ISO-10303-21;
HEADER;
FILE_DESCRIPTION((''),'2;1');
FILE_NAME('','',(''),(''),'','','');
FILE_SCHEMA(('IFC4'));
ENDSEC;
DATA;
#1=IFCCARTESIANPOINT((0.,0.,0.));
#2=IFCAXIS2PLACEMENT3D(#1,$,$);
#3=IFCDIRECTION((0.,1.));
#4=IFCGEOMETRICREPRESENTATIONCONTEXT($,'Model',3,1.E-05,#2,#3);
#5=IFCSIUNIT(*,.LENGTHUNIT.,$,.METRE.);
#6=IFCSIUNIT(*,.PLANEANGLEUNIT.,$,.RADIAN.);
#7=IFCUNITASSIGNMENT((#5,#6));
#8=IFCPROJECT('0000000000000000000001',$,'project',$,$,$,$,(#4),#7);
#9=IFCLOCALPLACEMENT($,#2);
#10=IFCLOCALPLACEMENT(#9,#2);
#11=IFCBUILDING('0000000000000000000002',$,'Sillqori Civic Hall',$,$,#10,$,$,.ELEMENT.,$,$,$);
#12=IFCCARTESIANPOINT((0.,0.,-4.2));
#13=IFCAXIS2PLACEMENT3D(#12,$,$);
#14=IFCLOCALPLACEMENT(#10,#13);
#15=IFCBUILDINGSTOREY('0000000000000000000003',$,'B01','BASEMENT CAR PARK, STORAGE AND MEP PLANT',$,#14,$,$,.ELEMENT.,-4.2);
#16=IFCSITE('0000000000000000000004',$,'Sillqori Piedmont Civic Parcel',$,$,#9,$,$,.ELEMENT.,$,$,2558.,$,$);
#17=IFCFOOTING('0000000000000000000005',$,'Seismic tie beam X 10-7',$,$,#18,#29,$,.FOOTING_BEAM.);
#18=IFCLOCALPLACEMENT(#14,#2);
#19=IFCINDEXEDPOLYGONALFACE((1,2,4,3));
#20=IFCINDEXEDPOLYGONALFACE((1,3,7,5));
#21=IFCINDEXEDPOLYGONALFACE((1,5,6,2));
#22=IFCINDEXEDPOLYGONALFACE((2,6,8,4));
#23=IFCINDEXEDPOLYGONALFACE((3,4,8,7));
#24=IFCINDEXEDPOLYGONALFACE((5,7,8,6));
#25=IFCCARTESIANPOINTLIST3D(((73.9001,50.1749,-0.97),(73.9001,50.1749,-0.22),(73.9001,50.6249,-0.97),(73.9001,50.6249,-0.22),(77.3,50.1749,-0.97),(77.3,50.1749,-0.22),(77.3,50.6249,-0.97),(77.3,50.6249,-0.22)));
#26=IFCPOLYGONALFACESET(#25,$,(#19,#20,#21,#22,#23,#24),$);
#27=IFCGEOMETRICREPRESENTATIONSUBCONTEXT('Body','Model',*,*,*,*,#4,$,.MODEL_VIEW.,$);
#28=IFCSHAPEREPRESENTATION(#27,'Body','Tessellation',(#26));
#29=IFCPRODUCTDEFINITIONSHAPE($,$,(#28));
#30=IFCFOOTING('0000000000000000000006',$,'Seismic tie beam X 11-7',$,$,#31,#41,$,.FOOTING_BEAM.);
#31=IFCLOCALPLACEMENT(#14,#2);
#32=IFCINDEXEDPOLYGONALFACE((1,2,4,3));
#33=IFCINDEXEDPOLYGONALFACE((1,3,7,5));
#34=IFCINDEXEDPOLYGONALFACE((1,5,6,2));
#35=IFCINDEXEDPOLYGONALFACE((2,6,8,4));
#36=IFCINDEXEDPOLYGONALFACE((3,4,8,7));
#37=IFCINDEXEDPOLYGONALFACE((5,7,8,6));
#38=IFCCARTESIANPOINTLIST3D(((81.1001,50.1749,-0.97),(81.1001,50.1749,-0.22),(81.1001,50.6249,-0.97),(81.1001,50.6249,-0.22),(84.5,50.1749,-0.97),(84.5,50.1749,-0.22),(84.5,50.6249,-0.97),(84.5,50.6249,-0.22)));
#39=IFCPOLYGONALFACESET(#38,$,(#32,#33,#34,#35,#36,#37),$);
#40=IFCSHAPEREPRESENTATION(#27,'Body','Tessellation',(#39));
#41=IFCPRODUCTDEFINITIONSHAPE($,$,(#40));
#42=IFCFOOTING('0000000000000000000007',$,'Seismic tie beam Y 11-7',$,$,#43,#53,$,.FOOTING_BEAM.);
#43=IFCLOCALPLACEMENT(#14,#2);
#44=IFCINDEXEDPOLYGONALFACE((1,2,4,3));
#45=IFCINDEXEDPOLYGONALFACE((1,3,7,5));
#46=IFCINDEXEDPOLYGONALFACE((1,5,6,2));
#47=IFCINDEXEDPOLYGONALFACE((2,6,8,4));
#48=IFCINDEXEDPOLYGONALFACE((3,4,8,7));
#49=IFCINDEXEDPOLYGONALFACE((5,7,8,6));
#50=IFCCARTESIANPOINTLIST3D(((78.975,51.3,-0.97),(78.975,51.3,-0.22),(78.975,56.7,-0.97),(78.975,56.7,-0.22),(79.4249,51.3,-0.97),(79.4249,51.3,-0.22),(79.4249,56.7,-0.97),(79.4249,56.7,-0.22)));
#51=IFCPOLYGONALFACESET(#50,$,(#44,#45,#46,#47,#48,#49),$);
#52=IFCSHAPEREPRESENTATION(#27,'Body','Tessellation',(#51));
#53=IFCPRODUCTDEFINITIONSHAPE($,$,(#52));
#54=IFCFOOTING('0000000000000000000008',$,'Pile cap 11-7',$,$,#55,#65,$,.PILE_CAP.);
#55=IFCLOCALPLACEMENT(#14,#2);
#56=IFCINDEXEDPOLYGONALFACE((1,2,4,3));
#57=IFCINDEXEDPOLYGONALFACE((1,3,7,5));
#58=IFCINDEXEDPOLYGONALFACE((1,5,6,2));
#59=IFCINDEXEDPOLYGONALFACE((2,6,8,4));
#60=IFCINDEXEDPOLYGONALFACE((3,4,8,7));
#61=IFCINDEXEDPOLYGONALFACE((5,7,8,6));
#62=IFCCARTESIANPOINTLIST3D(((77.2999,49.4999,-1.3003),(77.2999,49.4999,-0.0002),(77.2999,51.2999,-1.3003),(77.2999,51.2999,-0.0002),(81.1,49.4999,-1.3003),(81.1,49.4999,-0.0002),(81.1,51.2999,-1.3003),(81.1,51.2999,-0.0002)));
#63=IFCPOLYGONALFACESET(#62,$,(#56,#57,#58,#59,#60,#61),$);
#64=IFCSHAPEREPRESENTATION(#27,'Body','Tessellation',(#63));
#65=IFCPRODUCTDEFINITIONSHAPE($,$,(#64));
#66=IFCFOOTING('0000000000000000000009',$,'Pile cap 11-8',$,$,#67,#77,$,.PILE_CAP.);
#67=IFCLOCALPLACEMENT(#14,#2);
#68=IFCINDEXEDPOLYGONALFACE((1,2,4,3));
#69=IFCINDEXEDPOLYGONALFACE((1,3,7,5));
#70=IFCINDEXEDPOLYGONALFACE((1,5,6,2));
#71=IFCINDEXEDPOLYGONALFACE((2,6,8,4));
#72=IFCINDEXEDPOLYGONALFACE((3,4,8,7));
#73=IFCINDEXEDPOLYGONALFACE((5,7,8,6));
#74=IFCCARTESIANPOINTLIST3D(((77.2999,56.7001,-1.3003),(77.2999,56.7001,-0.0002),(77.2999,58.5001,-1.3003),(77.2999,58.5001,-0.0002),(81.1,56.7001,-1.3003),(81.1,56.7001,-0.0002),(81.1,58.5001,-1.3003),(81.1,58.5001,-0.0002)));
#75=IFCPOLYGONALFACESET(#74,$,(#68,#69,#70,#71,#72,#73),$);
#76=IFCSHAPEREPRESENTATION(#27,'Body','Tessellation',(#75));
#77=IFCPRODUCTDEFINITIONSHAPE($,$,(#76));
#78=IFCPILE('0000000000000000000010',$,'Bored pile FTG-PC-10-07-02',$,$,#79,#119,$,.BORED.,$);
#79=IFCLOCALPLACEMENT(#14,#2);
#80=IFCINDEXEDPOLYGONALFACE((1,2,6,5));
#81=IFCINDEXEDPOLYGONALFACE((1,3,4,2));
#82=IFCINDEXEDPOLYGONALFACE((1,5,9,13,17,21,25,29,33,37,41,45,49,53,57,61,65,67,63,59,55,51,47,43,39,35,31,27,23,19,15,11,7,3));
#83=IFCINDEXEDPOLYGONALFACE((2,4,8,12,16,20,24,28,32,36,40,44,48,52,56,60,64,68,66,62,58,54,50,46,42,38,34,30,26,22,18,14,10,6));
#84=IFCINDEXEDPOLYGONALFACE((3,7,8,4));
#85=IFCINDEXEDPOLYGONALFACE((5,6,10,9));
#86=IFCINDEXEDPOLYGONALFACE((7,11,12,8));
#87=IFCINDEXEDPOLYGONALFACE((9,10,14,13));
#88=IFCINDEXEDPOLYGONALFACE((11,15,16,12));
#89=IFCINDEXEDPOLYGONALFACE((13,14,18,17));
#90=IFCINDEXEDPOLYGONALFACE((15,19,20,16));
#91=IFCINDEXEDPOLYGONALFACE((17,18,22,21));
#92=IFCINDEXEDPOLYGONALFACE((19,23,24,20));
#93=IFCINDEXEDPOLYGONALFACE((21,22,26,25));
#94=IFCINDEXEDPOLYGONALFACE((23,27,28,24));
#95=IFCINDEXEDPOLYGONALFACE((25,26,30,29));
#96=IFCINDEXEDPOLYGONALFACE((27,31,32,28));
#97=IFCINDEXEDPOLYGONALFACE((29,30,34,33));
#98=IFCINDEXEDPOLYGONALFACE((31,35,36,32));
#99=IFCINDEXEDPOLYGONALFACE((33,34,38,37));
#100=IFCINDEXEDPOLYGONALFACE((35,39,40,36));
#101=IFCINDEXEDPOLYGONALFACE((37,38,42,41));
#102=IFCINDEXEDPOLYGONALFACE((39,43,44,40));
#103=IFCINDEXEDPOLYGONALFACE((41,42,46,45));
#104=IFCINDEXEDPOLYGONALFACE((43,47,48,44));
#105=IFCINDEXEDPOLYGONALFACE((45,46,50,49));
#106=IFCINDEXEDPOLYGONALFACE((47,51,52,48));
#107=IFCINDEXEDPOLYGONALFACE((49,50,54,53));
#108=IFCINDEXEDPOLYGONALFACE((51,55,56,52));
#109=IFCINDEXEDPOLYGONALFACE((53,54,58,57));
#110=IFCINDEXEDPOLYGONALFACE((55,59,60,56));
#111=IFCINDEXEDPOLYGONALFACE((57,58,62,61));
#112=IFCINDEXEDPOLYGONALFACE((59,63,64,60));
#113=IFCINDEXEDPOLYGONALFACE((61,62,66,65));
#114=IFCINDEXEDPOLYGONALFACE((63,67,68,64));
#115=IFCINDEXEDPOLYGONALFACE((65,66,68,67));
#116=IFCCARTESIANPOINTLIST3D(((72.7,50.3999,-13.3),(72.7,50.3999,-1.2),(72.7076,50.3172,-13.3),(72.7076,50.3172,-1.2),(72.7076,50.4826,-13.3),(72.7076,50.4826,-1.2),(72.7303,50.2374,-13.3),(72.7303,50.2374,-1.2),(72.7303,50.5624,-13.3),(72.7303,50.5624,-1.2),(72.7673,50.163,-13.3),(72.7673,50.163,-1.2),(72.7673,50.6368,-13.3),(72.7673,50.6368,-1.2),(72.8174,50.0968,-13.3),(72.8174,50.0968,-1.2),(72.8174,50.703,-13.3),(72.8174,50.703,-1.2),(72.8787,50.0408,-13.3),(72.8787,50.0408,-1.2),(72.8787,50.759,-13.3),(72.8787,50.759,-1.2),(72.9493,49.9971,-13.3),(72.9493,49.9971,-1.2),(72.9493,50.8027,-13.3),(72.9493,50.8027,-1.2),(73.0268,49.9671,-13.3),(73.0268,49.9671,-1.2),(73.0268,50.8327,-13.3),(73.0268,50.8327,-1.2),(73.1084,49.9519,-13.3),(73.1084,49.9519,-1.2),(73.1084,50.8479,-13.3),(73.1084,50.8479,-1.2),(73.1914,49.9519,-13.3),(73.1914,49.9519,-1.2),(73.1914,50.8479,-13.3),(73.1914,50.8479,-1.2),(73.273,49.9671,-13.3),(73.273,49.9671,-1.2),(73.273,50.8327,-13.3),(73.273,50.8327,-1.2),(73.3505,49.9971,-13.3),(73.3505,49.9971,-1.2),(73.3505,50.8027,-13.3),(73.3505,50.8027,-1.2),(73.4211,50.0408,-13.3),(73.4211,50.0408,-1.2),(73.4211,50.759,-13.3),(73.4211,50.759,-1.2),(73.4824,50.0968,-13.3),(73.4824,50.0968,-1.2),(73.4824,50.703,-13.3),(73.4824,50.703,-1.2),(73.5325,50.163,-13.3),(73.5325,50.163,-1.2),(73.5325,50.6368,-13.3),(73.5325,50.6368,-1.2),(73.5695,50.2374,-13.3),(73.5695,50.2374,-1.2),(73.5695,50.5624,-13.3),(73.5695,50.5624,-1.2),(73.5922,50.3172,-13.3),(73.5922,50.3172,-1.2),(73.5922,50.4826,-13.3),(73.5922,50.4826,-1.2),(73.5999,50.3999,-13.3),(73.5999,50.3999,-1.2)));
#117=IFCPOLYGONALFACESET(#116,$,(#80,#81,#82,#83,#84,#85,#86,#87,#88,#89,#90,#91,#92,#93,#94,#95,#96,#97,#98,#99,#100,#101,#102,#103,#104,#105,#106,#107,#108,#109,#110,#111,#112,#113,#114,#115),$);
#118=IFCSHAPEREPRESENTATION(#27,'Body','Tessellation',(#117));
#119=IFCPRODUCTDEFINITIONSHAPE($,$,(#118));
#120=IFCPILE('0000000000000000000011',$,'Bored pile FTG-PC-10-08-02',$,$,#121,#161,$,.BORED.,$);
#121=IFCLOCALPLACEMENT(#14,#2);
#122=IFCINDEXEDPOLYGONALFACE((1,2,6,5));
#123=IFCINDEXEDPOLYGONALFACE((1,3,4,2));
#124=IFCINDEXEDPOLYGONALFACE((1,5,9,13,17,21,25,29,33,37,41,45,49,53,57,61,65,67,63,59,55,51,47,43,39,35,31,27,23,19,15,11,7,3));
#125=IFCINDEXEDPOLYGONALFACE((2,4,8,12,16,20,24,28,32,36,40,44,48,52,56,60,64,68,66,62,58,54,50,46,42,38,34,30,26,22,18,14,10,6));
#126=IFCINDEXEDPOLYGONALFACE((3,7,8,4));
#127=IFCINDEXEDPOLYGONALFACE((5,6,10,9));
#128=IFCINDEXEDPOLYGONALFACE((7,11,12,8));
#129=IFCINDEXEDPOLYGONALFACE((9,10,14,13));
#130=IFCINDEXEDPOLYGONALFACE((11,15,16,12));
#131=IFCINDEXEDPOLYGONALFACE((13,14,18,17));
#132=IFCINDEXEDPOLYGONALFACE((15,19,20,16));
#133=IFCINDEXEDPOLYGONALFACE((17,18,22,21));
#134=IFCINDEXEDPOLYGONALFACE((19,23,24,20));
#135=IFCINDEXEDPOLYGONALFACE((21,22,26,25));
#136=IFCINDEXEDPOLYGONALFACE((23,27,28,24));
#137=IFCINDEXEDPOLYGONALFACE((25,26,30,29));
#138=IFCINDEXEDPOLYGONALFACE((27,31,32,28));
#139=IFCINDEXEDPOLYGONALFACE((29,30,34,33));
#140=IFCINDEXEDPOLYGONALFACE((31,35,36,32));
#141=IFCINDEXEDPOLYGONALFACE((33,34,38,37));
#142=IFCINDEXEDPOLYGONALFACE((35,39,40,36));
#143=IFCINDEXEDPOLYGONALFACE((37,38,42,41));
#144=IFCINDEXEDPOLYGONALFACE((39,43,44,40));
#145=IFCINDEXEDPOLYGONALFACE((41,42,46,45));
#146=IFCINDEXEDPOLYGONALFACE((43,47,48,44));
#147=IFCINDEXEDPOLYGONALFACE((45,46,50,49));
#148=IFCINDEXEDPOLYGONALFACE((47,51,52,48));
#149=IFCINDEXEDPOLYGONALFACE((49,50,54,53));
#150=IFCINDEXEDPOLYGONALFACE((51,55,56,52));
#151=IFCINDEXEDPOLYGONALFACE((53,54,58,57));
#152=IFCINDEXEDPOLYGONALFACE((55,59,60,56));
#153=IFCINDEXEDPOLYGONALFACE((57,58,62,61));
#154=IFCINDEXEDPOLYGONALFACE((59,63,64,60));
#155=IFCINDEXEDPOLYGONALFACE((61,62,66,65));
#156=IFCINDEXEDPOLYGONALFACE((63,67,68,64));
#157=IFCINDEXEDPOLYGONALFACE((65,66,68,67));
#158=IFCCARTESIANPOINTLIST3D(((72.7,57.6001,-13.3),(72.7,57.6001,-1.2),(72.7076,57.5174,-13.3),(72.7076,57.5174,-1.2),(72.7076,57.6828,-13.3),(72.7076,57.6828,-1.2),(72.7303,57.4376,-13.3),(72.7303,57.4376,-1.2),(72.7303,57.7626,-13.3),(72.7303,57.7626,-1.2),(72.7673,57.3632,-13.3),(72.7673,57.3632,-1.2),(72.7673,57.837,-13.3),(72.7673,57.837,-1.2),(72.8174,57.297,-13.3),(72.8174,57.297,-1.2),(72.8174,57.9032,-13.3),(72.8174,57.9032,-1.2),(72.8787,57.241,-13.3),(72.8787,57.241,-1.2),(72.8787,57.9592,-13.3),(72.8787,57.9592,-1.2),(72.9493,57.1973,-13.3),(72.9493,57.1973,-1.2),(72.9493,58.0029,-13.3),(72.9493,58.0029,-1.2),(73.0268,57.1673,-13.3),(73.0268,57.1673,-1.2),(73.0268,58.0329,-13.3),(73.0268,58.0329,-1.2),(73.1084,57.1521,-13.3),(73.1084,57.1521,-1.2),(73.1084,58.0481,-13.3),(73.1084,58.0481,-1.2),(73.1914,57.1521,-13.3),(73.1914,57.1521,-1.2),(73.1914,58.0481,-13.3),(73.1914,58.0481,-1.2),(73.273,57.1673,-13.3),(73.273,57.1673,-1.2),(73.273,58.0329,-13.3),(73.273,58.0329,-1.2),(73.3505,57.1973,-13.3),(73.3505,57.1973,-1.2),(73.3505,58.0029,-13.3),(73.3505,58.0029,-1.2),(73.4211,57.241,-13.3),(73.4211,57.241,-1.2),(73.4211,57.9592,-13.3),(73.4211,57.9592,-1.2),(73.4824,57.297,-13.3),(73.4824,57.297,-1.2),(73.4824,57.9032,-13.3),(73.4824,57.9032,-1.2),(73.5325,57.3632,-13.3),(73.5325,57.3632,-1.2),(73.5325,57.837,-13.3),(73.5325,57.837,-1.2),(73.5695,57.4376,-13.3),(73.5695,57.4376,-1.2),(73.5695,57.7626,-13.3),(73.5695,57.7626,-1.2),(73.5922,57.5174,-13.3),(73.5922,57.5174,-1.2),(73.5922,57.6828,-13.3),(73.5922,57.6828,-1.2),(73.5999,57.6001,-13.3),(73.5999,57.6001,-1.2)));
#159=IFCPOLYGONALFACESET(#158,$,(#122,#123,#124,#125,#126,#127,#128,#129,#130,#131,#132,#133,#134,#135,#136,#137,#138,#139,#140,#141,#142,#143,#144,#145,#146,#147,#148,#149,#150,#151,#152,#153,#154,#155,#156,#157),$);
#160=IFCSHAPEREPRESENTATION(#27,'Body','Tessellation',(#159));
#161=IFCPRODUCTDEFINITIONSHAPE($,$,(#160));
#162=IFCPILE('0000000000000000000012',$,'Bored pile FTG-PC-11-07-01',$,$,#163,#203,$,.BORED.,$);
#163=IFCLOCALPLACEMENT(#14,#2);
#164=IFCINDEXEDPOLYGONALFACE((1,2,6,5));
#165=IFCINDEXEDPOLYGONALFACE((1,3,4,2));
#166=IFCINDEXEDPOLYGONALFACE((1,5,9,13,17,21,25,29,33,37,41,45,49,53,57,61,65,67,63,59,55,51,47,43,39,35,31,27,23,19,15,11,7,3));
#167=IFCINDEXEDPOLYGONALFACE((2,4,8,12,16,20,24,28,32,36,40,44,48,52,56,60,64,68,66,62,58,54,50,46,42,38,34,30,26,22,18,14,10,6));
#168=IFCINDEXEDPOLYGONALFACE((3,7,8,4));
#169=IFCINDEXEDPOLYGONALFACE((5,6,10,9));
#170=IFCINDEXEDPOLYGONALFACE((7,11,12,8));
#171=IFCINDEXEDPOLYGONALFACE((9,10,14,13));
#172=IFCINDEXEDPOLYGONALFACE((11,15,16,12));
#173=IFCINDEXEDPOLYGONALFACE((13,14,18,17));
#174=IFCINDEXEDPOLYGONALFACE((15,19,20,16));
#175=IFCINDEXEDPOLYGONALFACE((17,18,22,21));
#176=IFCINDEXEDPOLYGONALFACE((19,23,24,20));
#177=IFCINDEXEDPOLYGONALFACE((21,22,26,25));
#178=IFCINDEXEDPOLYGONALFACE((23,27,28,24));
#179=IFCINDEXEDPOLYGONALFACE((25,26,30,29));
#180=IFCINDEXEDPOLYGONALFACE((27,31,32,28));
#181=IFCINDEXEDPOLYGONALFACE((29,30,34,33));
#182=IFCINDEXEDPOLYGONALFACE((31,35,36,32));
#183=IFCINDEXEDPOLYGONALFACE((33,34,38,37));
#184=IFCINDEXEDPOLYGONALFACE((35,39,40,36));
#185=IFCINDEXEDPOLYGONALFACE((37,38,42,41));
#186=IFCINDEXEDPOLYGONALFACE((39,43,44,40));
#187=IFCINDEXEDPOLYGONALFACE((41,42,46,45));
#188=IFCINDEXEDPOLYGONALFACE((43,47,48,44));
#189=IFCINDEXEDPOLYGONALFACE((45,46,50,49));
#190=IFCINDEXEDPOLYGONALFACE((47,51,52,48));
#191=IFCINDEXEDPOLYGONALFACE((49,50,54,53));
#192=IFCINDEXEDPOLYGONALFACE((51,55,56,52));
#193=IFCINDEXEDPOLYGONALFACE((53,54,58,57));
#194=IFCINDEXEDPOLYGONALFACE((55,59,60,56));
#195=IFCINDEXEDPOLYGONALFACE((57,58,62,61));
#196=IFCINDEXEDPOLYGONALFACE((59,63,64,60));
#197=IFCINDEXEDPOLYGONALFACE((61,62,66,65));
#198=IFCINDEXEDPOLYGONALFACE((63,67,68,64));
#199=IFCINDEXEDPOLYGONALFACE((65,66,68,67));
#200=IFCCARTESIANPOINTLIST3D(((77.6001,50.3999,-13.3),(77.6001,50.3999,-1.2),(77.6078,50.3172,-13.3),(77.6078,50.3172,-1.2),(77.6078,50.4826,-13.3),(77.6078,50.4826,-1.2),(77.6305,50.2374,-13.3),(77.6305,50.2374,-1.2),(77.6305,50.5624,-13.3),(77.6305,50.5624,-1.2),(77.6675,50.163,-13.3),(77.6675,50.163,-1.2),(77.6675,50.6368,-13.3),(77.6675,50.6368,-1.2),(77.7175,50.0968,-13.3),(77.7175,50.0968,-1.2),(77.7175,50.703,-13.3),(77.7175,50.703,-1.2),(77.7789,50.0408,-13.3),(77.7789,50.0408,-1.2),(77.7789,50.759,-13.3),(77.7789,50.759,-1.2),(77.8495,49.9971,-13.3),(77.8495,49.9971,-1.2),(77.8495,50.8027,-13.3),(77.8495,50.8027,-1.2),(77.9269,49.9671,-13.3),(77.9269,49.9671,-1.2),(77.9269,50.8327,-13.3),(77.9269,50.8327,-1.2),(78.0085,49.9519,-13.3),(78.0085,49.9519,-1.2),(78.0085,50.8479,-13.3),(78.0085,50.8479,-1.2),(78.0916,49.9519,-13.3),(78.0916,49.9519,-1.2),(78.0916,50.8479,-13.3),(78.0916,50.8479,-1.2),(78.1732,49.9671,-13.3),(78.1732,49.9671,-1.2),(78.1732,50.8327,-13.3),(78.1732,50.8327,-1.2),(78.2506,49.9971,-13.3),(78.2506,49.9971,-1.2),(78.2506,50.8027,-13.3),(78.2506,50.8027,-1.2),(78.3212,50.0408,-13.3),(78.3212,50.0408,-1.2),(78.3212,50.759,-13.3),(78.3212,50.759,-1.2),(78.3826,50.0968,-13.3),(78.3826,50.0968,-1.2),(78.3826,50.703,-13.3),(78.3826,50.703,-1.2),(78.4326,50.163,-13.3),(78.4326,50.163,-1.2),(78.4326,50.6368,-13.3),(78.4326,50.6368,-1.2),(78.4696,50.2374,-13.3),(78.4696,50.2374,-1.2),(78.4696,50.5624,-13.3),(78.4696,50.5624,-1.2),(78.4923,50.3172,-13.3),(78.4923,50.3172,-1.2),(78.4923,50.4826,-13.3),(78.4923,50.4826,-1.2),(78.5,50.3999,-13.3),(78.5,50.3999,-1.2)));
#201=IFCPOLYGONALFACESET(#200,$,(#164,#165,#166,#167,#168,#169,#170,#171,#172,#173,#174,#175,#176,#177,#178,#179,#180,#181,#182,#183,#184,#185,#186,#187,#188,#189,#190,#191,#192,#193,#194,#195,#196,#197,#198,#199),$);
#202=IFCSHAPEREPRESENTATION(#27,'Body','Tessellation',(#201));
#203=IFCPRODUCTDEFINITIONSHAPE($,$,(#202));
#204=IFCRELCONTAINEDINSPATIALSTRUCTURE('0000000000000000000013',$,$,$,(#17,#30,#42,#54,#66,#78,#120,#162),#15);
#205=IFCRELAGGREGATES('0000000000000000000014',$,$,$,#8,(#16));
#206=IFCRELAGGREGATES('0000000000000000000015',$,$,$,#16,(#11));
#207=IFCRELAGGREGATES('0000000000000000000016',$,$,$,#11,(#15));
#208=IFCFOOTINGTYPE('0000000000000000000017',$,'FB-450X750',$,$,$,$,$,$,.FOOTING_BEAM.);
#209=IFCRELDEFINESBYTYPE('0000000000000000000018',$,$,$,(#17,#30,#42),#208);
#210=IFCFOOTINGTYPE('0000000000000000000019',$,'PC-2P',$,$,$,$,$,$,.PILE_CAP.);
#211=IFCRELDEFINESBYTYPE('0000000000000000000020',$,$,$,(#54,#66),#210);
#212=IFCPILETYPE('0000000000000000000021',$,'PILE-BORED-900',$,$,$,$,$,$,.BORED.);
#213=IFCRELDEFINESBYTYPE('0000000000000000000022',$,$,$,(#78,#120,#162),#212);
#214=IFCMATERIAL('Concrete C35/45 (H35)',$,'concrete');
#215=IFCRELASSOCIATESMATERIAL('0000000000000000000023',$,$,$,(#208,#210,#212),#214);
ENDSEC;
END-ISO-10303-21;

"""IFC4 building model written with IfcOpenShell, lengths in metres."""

from ifc_helpers import new_model, si_unit, direction, frame, origin, origin_2d, place, context, subcontext, project, spatial, rectangle, circle, extrude, material, material_profile, profile_set, type_object, element, save


model = new_model("IFC4")

# Units and contexts
model_context = context("Model", 3, precision=1e-05, world=origin(), true_north=direction((0.0, 1.0)))
body_context = subcontext(model_context, "Body", "Model", "MODEL_VIEW")
ifc_project = project(units=[si_unit("LENGTHUNIT", "METRE"), si_unit("PLANEANGLEUNIT", "RADIAN")], contexts=[model_context])

# Site, building, storey
site_placement = place(None, origin())
site = spatial("IfcSite", under=ifc_project, at=site_placement, Name="Sillqori Piedmont Civic Parcel", CompositionType="ELEMENT", RefElevation=2558.0)
building_placement = place(site_placement, origin())
building = spatial("IfcBuilding", under=site, at=building_placement, Name="Sillqori Civic Hall", CompositionType="ELEMENT")
storey_placement = place(building_placement, frame((0.0, 0.0, -4.2)))
storey = spatial("IfcBuildingStorey", under=building, at=storey_placement, Name="B01", Description="BASEMENT CAR PARK, STORAGE AND MEP PLANT", CompositionType="ELEMENT", Elevation=-4.2)

# Footings
ifc_material = material(Name="Concrete C35/45 (H35)", Category="concrete")
footing_type_1 = type_object("IfcFootingType", Name="FB-450X750", PredefinedType="FOOTING_BEAM", material=ifc_material)
for number, where, z_axis, x_axis, name in (
    (1, (75.6001, 50.3999, -0.97), (0.0, 0.0, 1.0), (1.0, 0.0, 0.0), "Seismic tie beam X 10-7"),
    (2, (82.8, 50.3999, -0.97), (0.0, 0.0, 1.0), (1.0, 0.0, 0.0), "Seismic tie beam X 11-7"),
):
    element("IfcFooting", number, at=place(storey_placement, frame(where, z_axis=z_axis, x_axis=x_axis)), inside=storey, type_object=footing_type_1, Name=name, PredefinedType="FOOTING_BEAM", context=body_context, shape_type="SweptSolid", body=[
        extrude(rectangle(XDim=3.3999, YDim=0.45, at=origin_2d()), origin(), (0.0, 0.0, 1.0), 0.75),
    ])
footing_placement = place(storey_placement, frame((79.2, 54.0, -0.97), z_axis=(0.0, 0.0, 1.0), x_axis=(1.0, 0.0, 0.0)))
element("IfcFooting", 3, at=footing_placement, inside=storey, type_object=footing_type_1, Name="Seismic tie beam Y 11-7", PredefinedType="FOOTING_BEAM", context=body_context, shape_type="SweptSolid", body=[
    extrude(rectangle(XDim=0.45, YDim=5.3999, at=origin_2d()), origin(), (0.0, 0.0, 1.0), 0.75),
])
footing_type_2 = type_object("IfcFootingType", Name="PC-2P", PredefinedType="PILE_CAP", material=ifc_material)
for number, where, z_axis, x_axis, name in (
    (4, (79.2, 50.3999, -1.3003), (0.0, 0.0, 1.0), (1.0, 0.0, 0.0), "Pile cap 11-7"),
    (5, (79.2, 57.6001, -1.3003), (0.0, 0.0, 1.0), (1.0, 0.0, 0.0), "Pile cap 11-8"),
):
    element("IfcFooting", number, at=place(storey_placement, frame(where, z_axis=z_axis, x_axis=x_axis)), inside=storey, type_object=footing_type_2, Name=name, PredefinedType="PILE_CAP", context=body_context, shape_type="SweptSolid", body=[
        extrude(rectangle(XDim=3.8, YDim=1.8, at=origin_2d()), origin(), (0.0, 0.0, 1.0), 1.3),
    ])

# Piles
ifc_material_profile_1 = material_profile(ifc_material, circle(Radius=0.45, at=origin_2d()), Name="BORED PILE 900")
ifc_profile_set_1 = profile_set([ifc_material_profile_1], Name="Concrete C35/45 (H35)")
pile_type = type_object("IfcPileType", Name="PILE-BORED-900", PredefinedType="BORED", material=ifc_profile_set_1)
for number, where, z_axis, x_axis, name in (
    (6, (73.1499, 50.3999, -1.2), (0.0, 0.0, -1.0), (1.0, 0.0, 0.0), "Bored pile FTG-PC-10-07-02"),
    (7, (73.1499, 57.6001, -1.2), (0.0, 0.0, -1.0), (1.0, 0.0, 0.0), "Bored pile FTG-PC-10-08-02"),
    (8, (78.05, 50.3999, -1.2), (0.0, 0.0, -1.0), (1.0, 0.0, 0.0), "Bored pile FTG-PC-11-07-01"),
):
    element("IfcPile", number, at=place(storey_placement, frame(where, z_axis=z_axis, x_axis=x_axis)), inside=storey, type_object=pile_type, Name=name, PredefinedType="BORED", context=body_context, shape_type="SweptSolid", body=[
        extrude(circle(Radius=0.45, at=origin_2d()), origin(), (0.0, 0.0, 1.0), 12.1001),
    ])

save(model, "model.ifc")
